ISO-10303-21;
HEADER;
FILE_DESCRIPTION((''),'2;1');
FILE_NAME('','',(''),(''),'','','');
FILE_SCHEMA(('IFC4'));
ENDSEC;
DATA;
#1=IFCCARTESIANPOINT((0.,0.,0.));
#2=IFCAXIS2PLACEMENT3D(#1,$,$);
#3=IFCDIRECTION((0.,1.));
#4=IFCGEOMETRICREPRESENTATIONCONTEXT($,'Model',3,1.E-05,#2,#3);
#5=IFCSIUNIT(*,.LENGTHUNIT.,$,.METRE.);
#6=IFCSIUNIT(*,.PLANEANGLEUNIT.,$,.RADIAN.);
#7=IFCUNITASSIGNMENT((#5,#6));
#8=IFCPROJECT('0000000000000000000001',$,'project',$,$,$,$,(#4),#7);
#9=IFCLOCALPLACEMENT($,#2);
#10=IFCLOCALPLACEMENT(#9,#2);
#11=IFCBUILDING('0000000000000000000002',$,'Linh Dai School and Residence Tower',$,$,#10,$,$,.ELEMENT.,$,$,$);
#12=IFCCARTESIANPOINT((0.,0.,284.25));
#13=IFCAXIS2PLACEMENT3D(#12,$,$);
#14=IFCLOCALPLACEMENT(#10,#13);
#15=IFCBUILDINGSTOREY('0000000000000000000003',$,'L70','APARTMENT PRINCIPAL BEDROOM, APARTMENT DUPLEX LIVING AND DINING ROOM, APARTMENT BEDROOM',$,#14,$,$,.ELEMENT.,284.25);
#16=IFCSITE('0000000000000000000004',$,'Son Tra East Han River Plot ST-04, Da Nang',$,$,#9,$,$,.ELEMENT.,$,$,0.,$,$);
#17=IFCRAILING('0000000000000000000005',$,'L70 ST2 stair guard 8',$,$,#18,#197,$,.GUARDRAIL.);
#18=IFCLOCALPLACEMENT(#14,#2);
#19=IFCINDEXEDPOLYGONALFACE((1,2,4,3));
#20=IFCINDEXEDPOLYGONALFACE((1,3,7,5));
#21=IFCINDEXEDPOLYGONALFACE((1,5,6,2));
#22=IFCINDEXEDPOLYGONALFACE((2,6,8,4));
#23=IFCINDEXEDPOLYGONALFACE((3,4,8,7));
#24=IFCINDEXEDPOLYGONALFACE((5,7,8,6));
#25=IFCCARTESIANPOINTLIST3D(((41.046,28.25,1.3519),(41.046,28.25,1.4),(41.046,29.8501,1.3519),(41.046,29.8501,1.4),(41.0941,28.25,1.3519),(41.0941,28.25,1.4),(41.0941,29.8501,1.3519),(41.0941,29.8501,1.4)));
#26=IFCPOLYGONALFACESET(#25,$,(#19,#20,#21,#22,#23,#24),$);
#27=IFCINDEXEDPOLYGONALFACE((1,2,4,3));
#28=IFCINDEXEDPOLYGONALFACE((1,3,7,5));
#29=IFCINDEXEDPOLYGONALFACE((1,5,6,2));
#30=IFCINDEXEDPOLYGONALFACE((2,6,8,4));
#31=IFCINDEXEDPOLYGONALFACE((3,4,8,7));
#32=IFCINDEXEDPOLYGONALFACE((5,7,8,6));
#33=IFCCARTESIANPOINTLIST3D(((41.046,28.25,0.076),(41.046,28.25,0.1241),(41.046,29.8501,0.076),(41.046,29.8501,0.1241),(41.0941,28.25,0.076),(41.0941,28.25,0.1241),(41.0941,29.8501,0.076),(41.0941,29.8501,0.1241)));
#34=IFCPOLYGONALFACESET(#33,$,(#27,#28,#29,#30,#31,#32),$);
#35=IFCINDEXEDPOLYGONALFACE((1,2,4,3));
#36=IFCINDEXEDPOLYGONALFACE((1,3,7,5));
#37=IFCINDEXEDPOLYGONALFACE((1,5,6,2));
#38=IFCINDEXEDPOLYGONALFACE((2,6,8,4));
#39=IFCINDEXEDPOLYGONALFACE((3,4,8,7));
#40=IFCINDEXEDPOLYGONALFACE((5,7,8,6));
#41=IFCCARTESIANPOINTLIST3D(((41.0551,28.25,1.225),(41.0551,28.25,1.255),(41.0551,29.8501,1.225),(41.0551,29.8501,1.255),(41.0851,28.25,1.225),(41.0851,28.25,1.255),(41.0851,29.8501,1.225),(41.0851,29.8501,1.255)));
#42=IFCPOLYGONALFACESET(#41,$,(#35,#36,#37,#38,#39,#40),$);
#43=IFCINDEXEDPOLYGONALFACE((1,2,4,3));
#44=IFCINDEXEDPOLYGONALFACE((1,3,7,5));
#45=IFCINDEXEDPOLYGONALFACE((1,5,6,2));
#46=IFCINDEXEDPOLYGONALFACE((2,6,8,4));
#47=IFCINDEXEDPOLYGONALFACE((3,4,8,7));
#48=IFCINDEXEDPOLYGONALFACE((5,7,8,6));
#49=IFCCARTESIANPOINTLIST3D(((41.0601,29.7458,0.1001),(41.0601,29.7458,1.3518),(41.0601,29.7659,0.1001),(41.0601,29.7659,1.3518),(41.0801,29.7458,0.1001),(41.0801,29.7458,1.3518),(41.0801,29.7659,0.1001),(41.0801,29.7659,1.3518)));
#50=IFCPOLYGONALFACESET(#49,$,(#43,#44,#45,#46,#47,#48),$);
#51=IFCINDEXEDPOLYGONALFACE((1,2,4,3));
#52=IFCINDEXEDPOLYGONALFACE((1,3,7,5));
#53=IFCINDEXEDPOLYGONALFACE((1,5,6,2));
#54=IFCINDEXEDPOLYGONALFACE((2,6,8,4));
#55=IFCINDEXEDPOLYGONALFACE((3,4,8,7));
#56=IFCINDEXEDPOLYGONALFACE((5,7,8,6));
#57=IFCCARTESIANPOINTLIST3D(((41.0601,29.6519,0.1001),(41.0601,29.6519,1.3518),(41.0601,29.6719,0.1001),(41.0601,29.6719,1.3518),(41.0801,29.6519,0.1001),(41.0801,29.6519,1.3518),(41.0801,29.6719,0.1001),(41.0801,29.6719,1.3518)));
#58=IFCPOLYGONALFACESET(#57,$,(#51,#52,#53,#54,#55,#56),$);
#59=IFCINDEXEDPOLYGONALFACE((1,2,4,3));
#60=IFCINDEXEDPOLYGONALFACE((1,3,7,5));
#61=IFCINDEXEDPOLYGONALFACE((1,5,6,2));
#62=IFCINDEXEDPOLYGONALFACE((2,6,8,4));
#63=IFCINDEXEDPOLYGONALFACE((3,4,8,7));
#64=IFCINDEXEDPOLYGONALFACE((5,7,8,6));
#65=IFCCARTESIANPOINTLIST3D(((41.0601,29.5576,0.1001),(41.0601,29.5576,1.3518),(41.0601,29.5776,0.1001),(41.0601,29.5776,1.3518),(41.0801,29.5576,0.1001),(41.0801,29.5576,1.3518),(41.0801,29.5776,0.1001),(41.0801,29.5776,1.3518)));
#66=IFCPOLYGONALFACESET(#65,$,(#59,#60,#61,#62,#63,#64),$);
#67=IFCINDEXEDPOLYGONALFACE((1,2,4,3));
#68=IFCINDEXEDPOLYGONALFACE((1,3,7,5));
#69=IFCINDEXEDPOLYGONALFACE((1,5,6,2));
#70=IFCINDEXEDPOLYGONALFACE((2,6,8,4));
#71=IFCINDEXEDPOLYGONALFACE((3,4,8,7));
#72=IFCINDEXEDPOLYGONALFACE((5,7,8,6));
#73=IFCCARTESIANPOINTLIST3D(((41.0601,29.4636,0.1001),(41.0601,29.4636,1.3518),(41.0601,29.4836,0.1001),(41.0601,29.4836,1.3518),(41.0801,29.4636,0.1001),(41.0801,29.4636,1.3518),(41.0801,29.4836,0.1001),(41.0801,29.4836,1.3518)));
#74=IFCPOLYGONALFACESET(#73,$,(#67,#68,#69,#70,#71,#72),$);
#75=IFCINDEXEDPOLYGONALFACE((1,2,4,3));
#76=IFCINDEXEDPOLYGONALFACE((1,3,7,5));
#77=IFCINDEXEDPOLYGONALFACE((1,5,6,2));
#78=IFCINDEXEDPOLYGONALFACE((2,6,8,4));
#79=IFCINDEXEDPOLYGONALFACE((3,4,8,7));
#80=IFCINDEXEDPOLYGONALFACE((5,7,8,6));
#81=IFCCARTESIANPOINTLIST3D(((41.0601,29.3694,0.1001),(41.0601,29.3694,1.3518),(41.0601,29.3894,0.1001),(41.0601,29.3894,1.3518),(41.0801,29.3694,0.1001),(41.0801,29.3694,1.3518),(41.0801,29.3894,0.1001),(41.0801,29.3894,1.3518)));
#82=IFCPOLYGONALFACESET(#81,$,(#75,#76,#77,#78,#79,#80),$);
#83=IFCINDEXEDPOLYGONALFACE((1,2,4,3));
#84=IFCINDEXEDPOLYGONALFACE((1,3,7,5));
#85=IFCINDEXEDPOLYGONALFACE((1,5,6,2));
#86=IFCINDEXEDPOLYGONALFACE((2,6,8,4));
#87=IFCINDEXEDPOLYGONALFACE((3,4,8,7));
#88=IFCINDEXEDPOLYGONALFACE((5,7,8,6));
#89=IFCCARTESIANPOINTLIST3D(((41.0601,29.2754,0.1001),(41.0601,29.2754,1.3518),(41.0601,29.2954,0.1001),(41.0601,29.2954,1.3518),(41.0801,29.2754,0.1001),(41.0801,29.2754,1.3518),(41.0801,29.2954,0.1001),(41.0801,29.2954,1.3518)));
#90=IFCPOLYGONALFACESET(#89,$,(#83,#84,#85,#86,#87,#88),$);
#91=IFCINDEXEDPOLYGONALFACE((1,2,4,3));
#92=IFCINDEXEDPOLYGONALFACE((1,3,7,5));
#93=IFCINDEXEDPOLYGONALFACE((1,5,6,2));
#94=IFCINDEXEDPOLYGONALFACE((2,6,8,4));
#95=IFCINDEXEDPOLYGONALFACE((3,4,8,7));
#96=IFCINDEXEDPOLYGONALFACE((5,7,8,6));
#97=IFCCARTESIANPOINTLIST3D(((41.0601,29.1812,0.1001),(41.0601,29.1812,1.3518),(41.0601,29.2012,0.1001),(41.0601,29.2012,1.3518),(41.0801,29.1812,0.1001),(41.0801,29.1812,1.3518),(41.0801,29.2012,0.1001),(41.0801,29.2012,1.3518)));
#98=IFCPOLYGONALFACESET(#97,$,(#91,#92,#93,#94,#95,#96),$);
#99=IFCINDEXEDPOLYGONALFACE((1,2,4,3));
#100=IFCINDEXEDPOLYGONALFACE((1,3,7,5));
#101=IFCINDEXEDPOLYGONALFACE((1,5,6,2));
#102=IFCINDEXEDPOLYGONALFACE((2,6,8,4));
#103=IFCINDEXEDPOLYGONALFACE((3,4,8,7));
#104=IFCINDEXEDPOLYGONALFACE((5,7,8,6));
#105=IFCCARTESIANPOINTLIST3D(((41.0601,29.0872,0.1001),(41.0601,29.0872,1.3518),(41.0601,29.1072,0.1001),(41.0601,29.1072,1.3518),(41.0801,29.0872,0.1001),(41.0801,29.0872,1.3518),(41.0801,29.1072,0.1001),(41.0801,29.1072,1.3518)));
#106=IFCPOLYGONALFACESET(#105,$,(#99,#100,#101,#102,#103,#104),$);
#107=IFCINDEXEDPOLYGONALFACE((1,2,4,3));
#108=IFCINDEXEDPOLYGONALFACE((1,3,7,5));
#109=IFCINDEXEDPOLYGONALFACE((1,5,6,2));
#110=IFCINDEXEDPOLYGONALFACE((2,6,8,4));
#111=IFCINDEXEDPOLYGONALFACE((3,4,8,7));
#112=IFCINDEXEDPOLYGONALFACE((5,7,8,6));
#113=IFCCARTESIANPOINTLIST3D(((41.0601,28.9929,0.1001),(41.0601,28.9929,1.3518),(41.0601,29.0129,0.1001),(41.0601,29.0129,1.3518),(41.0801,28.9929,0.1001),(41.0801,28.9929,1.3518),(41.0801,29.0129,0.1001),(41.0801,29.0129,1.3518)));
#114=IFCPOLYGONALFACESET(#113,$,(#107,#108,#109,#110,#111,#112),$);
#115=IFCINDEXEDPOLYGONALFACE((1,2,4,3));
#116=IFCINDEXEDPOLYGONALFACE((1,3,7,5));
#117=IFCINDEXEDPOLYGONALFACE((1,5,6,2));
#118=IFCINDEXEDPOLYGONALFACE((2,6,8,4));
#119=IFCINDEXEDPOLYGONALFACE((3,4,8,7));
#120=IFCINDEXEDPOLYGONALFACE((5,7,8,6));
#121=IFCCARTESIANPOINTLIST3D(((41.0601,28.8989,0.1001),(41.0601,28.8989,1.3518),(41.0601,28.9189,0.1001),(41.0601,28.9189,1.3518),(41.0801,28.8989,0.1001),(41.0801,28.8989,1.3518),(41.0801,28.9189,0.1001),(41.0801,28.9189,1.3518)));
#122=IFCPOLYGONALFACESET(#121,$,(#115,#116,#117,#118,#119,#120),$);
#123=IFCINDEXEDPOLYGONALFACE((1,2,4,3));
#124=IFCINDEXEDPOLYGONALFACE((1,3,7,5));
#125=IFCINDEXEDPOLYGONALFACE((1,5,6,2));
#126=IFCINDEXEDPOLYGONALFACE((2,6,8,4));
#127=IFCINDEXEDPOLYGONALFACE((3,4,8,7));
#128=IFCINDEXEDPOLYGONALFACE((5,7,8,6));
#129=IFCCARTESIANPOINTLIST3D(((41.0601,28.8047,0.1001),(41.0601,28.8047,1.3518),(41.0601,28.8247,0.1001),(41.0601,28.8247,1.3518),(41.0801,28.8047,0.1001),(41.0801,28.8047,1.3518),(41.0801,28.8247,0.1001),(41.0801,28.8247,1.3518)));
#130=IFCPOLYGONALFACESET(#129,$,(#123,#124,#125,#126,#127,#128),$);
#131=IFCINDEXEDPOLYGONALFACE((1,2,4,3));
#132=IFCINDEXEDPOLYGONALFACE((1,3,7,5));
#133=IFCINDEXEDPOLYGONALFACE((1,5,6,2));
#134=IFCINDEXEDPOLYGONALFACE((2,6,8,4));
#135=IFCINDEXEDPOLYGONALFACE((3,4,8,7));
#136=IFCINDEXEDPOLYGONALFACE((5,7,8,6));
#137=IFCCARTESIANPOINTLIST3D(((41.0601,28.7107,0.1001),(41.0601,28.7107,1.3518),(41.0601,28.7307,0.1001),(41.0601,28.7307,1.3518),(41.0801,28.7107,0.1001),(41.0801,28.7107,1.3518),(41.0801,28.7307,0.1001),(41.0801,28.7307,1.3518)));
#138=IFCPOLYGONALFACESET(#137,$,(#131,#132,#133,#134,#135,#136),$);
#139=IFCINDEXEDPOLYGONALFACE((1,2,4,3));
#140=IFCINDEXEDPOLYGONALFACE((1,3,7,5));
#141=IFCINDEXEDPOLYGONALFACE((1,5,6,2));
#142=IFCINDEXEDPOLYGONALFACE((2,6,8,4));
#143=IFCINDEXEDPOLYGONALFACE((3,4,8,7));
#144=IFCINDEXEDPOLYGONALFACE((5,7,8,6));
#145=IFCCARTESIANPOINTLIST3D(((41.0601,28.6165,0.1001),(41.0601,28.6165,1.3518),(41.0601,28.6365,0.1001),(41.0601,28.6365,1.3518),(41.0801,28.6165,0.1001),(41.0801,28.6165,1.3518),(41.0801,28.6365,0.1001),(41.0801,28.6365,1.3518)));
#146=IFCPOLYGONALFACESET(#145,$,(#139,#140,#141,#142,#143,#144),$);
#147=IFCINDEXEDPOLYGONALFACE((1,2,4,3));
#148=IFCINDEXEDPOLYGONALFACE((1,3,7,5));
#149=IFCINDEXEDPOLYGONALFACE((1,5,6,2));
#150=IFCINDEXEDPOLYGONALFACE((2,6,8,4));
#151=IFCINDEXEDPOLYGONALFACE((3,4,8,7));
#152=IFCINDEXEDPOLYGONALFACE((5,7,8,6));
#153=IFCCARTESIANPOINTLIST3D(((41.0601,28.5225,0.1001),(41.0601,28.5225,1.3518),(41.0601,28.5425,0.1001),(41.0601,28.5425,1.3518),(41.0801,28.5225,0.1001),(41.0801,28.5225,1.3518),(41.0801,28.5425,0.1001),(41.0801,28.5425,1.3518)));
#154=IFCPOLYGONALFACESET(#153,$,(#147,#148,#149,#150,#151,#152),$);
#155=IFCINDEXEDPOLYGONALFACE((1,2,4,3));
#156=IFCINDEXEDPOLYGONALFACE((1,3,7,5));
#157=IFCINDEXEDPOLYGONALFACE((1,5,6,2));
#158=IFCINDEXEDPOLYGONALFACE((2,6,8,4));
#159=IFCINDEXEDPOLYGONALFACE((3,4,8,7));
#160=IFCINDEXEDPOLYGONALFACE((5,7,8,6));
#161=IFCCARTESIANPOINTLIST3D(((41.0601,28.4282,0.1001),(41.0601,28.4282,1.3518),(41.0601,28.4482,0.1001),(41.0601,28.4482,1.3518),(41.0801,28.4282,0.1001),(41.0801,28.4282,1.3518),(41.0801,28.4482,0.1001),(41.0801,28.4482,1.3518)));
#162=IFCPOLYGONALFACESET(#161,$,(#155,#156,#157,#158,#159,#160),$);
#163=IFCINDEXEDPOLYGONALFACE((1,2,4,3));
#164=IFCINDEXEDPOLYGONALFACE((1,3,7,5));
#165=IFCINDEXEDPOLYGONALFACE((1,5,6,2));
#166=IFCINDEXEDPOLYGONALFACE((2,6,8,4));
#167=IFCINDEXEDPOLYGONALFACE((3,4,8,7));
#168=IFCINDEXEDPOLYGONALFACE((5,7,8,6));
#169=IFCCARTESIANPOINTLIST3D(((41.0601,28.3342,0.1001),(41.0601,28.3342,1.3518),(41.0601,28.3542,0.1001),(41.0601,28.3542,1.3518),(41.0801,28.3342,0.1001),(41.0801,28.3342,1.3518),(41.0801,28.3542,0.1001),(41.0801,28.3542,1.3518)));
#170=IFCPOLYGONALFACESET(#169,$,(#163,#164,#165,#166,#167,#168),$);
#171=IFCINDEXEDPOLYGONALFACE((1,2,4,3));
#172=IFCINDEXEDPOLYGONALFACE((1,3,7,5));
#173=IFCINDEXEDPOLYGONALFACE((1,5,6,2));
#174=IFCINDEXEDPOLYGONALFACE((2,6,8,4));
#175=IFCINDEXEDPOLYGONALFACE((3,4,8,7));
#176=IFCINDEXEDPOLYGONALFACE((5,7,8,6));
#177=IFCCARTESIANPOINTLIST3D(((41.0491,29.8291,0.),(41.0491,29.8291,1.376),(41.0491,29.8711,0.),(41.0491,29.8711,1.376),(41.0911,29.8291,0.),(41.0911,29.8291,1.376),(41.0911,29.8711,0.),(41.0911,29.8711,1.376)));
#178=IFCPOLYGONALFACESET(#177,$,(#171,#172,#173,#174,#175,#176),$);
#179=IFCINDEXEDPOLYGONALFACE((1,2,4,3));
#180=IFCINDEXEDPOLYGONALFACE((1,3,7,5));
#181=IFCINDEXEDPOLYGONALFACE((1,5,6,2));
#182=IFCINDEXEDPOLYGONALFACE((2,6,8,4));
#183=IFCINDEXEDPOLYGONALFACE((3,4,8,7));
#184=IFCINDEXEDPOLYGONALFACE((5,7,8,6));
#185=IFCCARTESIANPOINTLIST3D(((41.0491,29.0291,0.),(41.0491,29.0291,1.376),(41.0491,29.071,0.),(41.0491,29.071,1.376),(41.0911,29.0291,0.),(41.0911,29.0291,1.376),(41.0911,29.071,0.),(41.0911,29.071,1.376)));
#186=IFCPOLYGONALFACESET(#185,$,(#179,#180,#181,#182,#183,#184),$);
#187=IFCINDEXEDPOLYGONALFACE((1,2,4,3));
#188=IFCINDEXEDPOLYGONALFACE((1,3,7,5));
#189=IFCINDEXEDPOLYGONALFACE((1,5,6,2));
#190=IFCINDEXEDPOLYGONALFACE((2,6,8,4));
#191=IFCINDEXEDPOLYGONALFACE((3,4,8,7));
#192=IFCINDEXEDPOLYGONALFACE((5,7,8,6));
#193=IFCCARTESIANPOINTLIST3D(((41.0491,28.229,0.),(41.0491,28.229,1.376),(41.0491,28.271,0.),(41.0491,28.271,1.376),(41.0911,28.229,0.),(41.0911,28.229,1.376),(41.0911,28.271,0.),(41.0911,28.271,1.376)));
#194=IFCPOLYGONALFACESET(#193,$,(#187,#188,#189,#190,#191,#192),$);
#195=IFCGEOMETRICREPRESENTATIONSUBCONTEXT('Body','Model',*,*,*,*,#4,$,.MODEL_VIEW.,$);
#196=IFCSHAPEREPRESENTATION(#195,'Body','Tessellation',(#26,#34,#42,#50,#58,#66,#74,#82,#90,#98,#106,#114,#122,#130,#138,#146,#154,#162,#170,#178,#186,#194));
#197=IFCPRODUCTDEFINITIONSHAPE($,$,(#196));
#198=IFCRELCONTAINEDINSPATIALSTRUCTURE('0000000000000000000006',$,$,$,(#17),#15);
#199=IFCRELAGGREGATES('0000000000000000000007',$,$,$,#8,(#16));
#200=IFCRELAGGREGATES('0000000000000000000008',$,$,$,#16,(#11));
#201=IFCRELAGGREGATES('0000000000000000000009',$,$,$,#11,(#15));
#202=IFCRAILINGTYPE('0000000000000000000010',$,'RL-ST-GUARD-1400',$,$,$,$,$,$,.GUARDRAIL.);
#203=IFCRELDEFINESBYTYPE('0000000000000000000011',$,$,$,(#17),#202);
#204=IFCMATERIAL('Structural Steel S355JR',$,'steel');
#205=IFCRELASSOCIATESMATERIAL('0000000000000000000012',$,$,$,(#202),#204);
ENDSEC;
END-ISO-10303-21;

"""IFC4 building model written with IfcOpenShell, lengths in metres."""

from ifc_helpers import new_model, si_unit, direction, frame, origin, origin_2d, place, context, subcontext, project, spatial, rectangle, extrude, source, transform, mapped, material, type_object, element, save


model = new_model("IFC4")

# Units and contexts
model_context = context("Model", 3, precision=1e-05, world=origin(), true_north=direction((0.0, 1.0)))
body_context = subcontext(model_context, "Body", "Model", "MODEL_VIEW")
ifc_project = project(units=[si_unit("LENGTHUNIT", "METRE"), si_unit("PLANEANGLEUNIT", "RADIAN")], contexts=[model_context])

# Site, building, storey
site_placement = place(None, origin())
site = spatial("IfcSite", under=ifc_project, at=site_placement, Name="Son Tra East Han River Plot ST-04, Da Nang", CompositionType="ELEMENT", RefElevation=0.0)
building_placement = place(site_placement, origin())
building = spatial("IfcBuilding", under=site, at=building_placement, Name="Linh Dai School and Residence Tower", CompositionType="ELEMENT")
storey_placement = place(building_placement, frame((0.0, 0.0, 284.25)))
storey = spatial("IfcBuildingStorey", under=building, at=storey_placement, Name="L70", Description="APARTMENT PRINCIPAL BEDROOM, APARTMENT DUPLEX LIVING AND DINING ROOM, APARTMENT BEDROOM", CompositionType="ELEMENT", Elevation=284.25)

# Shared definitions
ifc_material_1 = material(Name="Structural Steel S355JR", Category="steel")

# Railing
railing_type_1 = type_object("IfcRailingType", Name="RL-ST-GUARD-1400", PredefinedType="GUARDRAIL", material=ifc_material_1)
shared_shape_1 = source(origin(), body_context, "Body", "SweptSolid", [
    extrude(rectangle(XDim=0.0481, YDim=0.0481, at=origin_2d()), frame((0.0, 0.0, 1.376), z_axis=(0.0, -1.0, 0.0), x_axis=(1.0, 0.0, 0.0)), (0.0, 0.0, 1.0), 1.6001),
    extrude(rectangle(XDim=0.0481, YDim=0.0481, at=origin_2d()), frame((0.0, 0.0, 0.1001), z_axis=(0.0, -1.0, 0.0), x_axis=(1.0, 0.0, 0.0)), (0.0, 0.0, 1.0), 1.6001),
    extrude(rectangle(XDim=0.03, YDim=0.03, at=origin_2d()), frame((0.0, 0.0, 1.24), z_axis=(0.0, -1.0, 0.0), x_axis=(1.0, 0.0, 0.0)), (0.0, 0.0, 1.0), 1.6001),
    extrude(rectangle(XDim=0.02, YDim=0.02, at=origin_2d()), frame((0.0, -0.0942, 0.1001)), (0.0, 0.0, 1.0), 1.2517),
    extrude(rectangle(XDim=0.02, YDim=0.02, at=origin_2d()), frame((0.0, -0.1882, 0.1001)), (0.0, 0.0, 1.0), 1.2517),
    extrude(rectangle(XDim=0.02, YDim=0.02, at=origin_2d()), frame((0.0, -0.2825, 0.1001)), (0.0, 0.0, 1.0), 1.2517),
    extrude(rectangle(XDim=0.02, YDim=0.02, at=origin_2d()), frame((0.0, -0.3765, 0.1001)), (0.0, 0.0, 1.0), 1.2517),
    extrude(rectangle(XDim=0.02, YDim=0.02, at=origin_2d()), frame((0.0, -0.4707, 0.1001)), (0.0, 0.0, 1.0), 1.2517),
    extrude(rectangle(XDim=0.02, YDim=0.02, at=origin_2d()), frame((0.0, -0.5647, 0.1001)), (0.0, 0.0, 1.0), 1.2517),
    extrude(rectangle(XDim=0.02, YDim=0.02, at=origin_2d()), frame((0.0, -0.6589, 0.1001)), (0.0, 0.0, 1.0), 1.2517),
    extrude(rectangle(XDim=0.02, YDim=0.02, at=origin_2d()), frame((0.0, -0.7529, 0.1001)), (0.0, 0.0, 1.0), 1.2517),
    extrude(rectangle(XDim=0.02, YDim=0.02, at=origin_2d()), frame((0.0, -0.8472, 0.1001)), (0.0, 0.0, 1.0), 1.2517),
    extrude(rectangle(XDim=0.02, YDim=0.02, at=origin_2d()), frame((0.0, -0.9412, 0.1001)), (0.0, 0.0, 1.0), 1.2517),
    extrude(rectangle(XDim=0.02, YDim=0.02, at=origin_2d()), frame((0.0, -1.0354, 0.1001)), (0.0, 0.0, 1.0), 1.2517),
    extrude(rectangle(XDim=0.02, YDim=0.02, at=origin_2d()), frame((0.0, -1.1294, 0.1001)), (0.0, 0.0, 1.0), 1.2517),
    extrude(rectangle(XDim=0.02, YDim=0.02, at=origin_2d()), frame((0.0, -1.2236, 0.1001)), (0.0, 0.0, 1.0), 1.2517),
    extrude(rectangle(XDim=0.02, YDim=0.02, at=origin_2d()), frame((0.0, -1.3176, 0.1001)), (0.0, 0.0, 1.0), 1.2517),
    extrude(rectangle(XDim=0.02, YDim=0.02, at=origin_2d()), frame((0.0, -1.4119, 0.1001)), (0.0, 0.0, 1.0), 1.2517),
    extrude(rectangle(XDim=0.02, YDim=0.02, at=origin_2d()), frame((0.0, -1.5059, 0.1001)), (0.0, 0.0, 1.0), 1.2517),
    extrude(rectangle(XDim=0.042, YDim=0.042, at=origin_2d()), origin(), (0.0, 0.0, 1.0), 1.376),
    extrude(rectangle(XDim=0.042, YDim=0.042, at=origin_2d()), frame((0.0, -0.8, 0.0)), (0.0, 0.0, 1.0), 1.376),
    extrude(rectangle(XDim=0.042, YDim=0.042, at=origin_2d()), frame((0.0, -1.6001, 0.0)), (0.0, 0.0, 1.0), 1.376),
])
for number, where, name in (
    (1, (41.0701, 29.8501, 0.0), "L70 ST2 stair guard 8"),
):
    element("IfcRailing", number, at=place(storey_placement, frame(where)), inside=storey, type_object=railing_type_1, Name=name, PredefinedType="GUARDRAIL", context=body_context, shape_type="MappedRepresentation", body=[
        mapped(shared_shape_1, transform((0.0, 0.0, 0.0), x_axis=(1.0, 0.0, 0.0), y_axis=(0.0, 1.0, 0.0), z_axis=(0.0, 0.0, 1.0), scale=1.0)),
    ])

save(model, "model.ifc")
